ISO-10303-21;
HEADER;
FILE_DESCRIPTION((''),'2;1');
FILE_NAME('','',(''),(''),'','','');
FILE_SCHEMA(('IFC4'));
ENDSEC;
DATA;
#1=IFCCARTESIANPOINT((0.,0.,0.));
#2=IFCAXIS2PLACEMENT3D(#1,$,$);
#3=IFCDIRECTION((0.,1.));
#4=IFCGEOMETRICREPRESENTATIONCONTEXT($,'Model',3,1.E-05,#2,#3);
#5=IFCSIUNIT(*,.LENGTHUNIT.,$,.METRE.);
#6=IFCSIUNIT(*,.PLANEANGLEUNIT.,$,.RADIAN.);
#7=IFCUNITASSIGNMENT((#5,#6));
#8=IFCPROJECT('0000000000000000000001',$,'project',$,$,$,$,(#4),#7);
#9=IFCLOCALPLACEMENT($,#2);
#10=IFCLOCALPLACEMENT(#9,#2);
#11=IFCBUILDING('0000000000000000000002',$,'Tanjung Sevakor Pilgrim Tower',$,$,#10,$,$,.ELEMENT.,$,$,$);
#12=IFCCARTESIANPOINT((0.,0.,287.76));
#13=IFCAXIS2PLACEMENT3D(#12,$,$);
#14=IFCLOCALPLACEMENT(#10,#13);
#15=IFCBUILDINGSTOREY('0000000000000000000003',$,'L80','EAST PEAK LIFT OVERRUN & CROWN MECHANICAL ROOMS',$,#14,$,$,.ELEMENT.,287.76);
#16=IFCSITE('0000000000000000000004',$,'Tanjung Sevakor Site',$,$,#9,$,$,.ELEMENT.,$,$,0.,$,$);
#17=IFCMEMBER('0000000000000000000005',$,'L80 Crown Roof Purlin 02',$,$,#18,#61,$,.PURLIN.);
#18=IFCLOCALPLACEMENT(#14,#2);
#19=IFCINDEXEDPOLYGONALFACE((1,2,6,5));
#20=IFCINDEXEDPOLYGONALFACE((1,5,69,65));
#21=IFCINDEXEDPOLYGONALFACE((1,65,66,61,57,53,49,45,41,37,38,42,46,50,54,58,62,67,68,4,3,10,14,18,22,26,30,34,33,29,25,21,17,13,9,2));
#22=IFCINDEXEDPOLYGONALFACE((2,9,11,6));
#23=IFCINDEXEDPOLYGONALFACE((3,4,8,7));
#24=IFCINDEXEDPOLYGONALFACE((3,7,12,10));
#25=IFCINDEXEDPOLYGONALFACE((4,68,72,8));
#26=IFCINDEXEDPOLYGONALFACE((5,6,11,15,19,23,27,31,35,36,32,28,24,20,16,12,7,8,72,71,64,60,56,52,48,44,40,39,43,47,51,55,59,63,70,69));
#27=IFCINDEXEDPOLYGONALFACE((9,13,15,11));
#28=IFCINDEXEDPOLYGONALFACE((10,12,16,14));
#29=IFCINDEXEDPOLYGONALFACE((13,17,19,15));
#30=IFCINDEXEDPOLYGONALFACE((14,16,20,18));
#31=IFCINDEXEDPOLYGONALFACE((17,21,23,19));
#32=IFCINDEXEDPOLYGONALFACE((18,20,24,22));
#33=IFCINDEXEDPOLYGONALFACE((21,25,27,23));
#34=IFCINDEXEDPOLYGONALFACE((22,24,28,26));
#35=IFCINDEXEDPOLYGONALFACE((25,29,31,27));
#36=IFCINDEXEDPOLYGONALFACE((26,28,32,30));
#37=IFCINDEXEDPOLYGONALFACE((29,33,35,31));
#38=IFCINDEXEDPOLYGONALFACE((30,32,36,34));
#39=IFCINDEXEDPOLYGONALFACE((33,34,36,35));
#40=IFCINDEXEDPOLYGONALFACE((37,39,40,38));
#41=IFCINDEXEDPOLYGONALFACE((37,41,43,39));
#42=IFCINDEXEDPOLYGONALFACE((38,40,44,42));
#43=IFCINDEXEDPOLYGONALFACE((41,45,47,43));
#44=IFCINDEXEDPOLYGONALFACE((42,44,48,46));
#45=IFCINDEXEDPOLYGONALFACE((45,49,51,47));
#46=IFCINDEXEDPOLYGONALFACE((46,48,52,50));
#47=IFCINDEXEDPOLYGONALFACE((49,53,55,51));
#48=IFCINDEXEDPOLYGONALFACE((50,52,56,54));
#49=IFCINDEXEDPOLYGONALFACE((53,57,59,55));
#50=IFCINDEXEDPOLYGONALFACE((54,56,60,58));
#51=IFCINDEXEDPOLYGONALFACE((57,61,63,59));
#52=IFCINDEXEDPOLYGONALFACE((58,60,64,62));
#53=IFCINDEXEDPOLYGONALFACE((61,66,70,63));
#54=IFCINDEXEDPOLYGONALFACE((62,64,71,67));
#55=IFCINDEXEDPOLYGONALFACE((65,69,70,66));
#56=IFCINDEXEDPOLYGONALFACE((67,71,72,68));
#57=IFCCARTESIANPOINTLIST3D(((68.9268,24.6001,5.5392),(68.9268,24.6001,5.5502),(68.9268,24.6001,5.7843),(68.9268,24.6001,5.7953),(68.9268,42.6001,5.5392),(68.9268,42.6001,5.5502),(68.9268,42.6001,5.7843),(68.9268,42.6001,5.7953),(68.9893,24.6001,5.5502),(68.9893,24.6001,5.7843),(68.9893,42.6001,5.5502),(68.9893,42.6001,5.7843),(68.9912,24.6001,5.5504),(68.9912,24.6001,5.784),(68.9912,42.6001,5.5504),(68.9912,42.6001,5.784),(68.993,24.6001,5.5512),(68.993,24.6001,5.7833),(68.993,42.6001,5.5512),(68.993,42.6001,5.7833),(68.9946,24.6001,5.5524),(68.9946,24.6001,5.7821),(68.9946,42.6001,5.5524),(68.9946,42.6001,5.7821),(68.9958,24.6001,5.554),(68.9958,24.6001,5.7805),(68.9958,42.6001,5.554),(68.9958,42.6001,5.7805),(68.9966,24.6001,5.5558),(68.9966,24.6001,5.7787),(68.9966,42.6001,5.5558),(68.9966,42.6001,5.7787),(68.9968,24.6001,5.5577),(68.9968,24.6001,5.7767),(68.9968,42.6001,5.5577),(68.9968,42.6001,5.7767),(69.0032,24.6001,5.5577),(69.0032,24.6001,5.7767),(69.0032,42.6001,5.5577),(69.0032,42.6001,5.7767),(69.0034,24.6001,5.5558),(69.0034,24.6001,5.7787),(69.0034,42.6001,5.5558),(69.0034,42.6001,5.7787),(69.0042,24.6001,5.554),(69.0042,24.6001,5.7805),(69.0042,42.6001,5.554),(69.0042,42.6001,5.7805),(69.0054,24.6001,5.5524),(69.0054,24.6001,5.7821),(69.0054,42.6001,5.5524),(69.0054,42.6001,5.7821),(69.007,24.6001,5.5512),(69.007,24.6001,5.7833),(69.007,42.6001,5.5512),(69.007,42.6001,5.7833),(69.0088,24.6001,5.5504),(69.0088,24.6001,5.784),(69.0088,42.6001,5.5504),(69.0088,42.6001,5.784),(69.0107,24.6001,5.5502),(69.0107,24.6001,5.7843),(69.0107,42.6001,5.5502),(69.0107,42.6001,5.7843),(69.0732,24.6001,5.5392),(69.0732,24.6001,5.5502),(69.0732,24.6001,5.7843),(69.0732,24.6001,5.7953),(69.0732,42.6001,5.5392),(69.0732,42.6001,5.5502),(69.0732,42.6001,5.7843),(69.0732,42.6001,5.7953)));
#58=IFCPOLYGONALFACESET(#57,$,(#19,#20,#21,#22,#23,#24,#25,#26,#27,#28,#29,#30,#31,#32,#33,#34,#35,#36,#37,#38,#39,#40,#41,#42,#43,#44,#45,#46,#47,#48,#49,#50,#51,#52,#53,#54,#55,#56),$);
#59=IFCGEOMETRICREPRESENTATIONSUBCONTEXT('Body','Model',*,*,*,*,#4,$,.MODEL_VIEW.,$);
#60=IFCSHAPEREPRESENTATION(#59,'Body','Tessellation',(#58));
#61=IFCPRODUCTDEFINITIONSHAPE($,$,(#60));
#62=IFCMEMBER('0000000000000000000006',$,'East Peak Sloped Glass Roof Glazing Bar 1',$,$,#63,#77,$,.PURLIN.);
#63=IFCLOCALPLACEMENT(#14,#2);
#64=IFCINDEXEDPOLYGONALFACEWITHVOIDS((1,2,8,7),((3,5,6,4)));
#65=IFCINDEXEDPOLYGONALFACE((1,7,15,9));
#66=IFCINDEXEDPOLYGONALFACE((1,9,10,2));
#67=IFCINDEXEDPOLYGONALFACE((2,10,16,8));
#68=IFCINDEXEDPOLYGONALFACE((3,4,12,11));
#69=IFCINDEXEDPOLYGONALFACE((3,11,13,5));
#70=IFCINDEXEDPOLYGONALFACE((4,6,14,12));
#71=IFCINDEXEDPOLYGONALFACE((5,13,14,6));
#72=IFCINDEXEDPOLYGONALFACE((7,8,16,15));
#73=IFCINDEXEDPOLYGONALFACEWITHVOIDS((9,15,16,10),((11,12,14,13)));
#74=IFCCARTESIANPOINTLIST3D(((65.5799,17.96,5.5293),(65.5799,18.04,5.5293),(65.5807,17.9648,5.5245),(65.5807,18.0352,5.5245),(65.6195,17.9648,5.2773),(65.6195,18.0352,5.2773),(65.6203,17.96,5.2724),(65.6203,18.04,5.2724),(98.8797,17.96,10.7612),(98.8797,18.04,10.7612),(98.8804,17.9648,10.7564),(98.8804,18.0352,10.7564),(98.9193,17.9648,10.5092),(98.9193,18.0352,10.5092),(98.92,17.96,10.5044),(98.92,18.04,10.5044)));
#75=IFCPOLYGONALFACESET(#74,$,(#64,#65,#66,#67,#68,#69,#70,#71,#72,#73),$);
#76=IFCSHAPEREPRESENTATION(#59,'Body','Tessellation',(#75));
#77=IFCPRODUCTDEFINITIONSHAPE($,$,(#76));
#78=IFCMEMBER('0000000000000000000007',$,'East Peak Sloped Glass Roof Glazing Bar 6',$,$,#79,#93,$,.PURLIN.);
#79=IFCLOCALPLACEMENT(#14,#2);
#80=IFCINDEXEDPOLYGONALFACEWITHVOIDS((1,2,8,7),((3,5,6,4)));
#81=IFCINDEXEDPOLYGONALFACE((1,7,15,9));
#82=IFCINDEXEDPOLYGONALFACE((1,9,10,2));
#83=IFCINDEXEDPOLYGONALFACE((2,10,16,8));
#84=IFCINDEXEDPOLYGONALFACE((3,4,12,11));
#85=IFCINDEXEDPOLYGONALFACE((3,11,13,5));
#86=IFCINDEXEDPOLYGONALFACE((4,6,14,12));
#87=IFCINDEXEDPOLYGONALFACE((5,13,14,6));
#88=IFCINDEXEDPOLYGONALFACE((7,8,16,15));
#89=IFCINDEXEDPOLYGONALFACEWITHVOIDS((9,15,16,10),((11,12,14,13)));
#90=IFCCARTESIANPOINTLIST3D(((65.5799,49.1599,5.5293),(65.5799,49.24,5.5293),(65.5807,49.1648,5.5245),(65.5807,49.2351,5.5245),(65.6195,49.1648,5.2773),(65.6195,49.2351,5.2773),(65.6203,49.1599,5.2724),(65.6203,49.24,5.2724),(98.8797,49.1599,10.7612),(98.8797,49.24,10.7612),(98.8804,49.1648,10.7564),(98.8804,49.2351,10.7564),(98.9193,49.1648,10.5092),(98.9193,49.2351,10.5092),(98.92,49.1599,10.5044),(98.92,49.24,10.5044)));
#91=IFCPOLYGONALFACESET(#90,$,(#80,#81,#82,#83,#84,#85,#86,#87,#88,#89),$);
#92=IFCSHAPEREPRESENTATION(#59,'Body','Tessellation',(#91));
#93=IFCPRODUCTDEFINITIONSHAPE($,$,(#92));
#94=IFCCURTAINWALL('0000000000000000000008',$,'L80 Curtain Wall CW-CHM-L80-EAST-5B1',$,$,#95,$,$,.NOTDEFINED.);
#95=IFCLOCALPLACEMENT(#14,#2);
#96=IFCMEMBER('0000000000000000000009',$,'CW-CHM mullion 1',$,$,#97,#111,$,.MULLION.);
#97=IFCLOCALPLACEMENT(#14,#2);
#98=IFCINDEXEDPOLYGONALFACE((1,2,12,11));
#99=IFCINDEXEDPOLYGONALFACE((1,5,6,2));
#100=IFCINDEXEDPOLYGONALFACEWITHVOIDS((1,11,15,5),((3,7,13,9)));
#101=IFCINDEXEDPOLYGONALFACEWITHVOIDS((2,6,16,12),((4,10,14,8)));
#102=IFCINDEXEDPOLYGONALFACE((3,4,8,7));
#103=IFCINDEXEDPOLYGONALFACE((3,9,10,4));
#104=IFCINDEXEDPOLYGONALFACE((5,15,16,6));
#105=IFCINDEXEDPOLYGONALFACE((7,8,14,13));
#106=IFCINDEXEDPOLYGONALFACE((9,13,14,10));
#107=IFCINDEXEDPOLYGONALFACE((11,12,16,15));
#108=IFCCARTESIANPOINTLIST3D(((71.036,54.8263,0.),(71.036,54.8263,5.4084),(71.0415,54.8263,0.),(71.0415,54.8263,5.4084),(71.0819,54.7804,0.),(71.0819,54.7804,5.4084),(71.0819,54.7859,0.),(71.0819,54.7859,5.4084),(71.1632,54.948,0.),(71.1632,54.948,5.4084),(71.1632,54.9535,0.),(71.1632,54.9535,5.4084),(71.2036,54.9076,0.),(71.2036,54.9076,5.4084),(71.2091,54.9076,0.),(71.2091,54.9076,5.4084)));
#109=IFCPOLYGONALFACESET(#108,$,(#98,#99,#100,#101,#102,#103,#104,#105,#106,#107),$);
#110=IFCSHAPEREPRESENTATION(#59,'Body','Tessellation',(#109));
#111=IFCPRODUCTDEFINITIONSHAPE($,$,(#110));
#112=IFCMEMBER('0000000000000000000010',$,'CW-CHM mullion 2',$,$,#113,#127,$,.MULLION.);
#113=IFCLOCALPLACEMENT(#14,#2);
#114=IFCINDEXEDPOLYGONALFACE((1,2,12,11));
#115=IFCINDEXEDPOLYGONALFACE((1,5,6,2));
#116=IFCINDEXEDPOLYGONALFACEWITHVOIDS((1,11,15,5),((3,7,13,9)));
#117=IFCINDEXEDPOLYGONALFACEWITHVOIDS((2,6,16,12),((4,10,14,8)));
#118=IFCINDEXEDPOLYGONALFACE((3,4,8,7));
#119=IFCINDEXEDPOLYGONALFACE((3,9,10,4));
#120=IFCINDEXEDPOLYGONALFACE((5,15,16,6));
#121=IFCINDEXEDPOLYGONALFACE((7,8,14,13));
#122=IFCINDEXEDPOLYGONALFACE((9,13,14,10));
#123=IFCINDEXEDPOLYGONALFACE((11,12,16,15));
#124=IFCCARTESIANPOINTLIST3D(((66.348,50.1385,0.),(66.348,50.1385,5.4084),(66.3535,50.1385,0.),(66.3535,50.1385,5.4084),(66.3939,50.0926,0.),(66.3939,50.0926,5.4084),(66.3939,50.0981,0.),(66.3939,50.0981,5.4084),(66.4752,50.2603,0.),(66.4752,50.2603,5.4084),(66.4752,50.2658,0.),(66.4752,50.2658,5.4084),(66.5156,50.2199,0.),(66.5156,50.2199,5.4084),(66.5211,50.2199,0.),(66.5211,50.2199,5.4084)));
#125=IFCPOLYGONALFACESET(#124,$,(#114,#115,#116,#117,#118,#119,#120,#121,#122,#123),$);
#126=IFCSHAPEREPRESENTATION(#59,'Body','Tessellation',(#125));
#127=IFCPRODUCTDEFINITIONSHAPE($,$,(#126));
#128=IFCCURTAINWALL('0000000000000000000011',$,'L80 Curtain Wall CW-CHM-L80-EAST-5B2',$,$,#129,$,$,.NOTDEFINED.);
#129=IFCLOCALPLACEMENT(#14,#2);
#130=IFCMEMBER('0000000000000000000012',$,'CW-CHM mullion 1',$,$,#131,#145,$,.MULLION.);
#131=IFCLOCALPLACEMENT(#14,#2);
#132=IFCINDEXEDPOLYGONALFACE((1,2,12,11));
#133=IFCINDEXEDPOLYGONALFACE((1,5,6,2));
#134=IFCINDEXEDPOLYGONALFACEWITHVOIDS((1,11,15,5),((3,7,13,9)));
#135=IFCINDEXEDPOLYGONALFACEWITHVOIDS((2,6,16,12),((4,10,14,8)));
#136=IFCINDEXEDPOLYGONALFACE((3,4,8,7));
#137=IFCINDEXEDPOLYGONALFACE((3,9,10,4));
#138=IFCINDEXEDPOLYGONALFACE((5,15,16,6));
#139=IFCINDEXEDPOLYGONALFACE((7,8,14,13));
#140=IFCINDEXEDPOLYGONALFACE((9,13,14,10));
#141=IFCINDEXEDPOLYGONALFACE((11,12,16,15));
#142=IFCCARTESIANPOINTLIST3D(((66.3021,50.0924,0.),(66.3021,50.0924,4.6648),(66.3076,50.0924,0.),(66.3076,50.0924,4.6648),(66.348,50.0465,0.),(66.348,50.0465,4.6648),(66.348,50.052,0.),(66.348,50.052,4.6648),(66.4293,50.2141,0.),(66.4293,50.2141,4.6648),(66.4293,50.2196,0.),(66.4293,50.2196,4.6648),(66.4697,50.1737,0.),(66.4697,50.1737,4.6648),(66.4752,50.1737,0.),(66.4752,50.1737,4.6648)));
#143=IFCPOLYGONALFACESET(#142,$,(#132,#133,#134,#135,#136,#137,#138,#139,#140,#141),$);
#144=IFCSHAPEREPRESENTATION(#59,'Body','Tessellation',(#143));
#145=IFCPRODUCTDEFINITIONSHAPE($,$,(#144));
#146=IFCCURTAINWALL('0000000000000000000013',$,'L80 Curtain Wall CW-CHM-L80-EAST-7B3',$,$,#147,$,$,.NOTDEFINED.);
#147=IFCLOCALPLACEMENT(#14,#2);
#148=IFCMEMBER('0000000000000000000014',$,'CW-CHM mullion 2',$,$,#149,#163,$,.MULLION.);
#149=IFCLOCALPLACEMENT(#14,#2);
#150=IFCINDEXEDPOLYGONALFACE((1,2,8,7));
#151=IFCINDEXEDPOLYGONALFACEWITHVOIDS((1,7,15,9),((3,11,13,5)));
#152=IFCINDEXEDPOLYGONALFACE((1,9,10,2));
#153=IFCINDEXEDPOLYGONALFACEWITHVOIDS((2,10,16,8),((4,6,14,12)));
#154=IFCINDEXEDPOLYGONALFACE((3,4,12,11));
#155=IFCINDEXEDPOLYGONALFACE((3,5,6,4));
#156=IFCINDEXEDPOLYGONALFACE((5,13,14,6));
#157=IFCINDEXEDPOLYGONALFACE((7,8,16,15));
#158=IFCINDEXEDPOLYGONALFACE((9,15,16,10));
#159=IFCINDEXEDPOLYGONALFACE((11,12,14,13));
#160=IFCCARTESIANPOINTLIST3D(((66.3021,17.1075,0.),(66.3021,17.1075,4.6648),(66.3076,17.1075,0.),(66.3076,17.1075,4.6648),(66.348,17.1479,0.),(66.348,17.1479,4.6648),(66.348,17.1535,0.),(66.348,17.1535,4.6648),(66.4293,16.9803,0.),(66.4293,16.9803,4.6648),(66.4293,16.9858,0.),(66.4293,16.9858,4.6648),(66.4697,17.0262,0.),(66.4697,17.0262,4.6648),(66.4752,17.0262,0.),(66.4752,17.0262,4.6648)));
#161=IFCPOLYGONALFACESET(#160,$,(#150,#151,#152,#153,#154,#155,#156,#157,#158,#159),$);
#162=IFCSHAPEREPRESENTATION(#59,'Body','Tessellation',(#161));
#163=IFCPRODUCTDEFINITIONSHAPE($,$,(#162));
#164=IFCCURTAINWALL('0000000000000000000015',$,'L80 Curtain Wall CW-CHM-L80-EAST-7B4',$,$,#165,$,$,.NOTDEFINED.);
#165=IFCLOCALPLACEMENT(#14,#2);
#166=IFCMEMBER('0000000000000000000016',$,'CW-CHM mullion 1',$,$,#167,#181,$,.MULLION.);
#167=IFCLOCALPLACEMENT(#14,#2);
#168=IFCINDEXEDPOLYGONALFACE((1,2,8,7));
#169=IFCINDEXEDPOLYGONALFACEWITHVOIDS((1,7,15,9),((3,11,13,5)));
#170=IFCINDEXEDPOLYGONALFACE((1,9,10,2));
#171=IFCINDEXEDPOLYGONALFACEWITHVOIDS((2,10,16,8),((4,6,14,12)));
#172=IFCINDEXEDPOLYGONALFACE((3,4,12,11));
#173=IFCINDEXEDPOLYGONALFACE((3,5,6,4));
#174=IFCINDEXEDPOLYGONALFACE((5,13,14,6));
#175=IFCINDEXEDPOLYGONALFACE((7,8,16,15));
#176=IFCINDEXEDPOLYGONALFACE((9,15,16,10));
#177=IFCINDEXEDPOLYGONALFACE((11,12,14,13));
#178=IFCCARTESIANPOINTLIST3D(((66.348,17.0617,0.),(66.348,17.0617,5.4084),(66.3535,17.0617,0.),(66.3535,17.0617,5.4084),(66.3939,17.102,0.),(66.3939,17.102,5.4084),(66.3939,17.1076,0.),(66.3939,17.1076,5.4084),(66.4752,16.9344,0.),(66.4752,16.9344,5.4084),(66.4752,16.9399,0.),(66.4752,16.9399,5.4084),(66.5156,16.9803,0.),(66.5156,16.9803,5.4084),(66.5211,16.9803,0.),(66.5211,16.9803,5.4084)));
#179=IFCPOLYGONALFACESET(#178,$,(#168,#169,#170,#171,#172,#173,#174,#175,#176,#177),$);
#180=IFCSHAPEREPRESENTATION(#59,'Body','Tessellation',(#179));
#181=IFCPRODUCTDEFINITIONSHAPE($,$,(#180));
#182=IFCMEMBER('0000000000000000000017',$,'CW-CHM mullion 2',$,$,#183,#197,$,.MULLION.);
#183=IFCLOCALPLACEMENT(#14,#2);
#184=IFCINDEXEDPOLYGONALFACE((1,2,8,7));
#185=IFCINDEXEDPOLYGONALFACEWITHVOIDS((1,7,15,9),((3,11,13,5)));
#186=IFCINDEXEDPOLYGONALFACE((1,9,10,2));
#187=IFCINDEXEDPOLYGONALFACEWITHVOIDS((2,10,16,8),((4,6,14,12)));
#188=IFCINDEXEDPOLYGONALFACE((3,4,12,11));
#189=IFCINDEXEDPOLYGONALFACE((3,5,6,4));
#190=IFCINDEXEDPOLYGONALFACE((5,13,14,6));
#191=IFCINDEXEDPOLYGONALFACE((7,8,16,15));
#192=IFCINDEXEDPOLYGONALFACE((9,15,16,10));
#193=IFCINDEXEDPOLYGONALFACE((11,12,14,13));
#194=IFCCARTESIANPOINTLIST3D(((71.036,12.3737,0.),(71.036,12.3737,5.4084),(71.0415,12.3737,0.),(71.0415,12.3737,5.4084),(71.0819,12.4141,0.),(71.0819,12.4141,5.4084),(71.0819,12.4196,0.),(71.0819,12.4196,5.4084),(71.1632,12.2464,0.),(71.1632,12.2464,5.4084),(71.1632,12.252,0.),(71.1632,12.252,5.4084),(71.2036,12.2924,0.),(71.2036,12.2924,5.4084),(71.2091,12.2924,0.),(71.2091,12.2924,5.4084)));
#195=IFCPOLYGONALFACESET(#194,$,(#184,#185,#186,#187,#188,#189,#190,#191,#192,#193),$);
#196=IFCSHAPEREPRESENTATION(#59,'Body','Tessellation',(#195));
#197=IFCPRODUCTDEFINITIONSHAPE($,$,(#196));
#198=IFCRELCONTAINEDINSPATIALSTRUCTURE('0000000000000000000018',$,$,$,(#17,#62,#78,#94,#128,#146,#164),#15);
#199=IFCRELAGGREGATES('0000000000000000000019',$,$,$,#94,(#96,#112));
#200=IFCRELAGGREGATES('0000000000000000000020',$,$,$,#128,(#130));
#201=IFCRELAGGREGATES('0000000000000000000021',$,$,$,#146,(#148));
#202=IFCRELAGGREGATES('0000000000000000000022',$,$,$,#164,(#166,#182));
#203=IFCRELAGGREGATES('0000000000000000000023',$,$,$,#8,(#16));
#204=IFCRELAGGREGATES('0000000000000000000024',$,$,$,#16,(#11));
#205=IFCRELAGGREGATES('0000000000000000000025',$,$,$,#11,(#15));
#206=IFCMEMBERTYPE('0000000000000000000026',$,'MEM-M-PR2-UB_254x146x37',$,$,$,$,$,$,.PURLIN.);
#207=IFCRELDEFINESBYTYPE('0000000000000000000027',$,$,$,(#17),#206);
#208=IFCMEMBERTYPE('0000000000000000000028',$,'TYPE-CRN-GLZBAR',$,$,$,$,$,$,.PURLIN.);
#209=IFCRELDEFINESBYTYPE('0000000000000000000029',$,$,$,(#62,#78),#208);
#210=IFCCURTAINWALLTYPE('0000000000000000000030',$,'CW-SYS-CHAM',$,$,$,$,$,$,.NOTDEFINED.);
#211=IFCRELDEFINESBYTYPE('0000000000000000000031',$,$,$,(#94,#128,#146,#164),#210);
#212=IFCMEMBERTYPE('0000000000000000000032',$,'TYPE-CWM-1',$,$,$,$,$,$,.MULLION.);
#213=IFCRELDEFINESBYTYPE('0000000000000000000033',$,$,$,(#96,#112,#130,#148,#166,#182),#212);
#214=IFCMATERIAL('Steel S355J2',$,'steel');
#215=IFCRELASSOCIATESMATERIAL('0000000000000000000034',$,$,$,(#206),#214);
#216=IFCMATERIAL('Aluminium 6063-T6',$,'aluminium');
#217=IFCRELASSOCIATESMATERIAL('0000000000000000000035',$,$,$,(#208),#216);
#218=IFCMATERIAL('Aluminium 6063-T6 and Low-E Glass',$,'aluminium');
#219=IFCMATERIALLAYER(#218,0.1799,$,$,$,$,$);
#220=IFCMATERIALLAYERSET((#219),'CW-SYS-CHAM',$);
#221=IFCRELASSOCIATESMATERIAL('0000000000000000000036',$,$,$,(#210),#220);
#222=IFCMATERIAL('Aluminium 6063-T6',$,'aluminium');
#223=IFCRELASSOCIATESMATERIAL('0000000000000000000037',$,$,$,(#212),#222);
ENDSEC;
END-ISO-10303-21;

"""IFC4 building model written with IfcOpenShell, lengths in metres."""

from ifc_helpers import new_model, si_unit, direction, frame, origin, origin_2d, place, context, subcontext, project, spatial, hollow_rectangle, i_section, extrude, material, layer, layer_set, material_profile, profile_set, type_object, element, aggregate, save


model = new_model("IFC4")

# Units and contexts
model_context = context("Model", 3, precision=1e-05, world=origin(), true_north=direction((0.0, 1.0)))
body_context = subcontext(model_context, "Body", "Model", "MODEL_VIEW")
ifc_project = project(units=[si_unit("LENGTHUNIT", "METRE"), si_unit("PLANEANGLEUNIT", "RADIAN")], contexts=[model_context])

# Site, building, storey
site_placement = place(None, origin())
site = spatial("IfcSite", under=ifc_project, at=site_placement, Name="Tanjung Sevakor Site", CompositionType="ELEMENT", RefElevation=0.0)
building_placement = place(site_placement, origin())
building = spatial("IfcBuilding", under=site, at=building_placement, Name="Tanjung Sevakor Pilgrim Tower", CompositionType="ELEMENT")
storey_placement = place(building_placement, frame((0.0, 0.0, 287.76)))
storey = spatial("IfcBuildingStorey", under=building, at=storey_placement, Name="L80", Description="EAST PEAK LIFT OVERRUN & CROWN MECHANICAL ROOMS", CompositionType="ELEMENT", Elevation=287.76)

# Members
ifc_material_1 = material(Name="Steel S355J2", Category="steel")
ifc_material_profile_1 = material_profile(ifc_material_1, i_section(OverallWidth=0.1465, OverallDepth=0.2561, WebThickness=0.0063, FlangeThickness=0.011, FilletRadius=0.0076, at=origin_2d()))
ifc_profile_set_1 = profile_set([ifc_material_profile_1], Name="Steel S355J2")
member_type_1 = type_object("IfcMemberType", Name="MEM-M-PR2-UB_254x146x37", PredefinedType="PURLIN", material=ifc_profile_set_1)
member_1_placement = place(storey_placement, frame((69.0, 24.6001, 5.6672), z_axis=(0.0, 1.0, 0.0), x_axis=(-1.0, 0.0, 0.0)))
element("IfcMember", 1, at=member_1_placement, inside=storey, type_object=member_type_1, Name="L80 Crown Roof Purlin 02", PredefinedType="PURLIN", context=body_context, shape_type="SweptSolid", body=[
    extrude(i_section(OverallWidth=0.1465, OverallDepth=0.2561, WebThickness=0.0063, FlangeThickness=0.011, FilletRadius=0.0076, at=origin_2d()), origin(), (0.0, 0.0, 1.0), 18.0),
])
ifc_material_2 = material(Name="Aluminium 6063-T6", Category="aluminium")
ifc_material_profile_2 = material_profile(ifc_material_2, hollow_rectangle(XDim=0.0801, YDim=0.26, WallThickness=0.0049, at=origin_2d()))
ifc_profile_set_2 = profile_set([ifc_material_profile_2], Name="Aluminium 6063-T6")
member_type_2 = type_object("IfcMemberType", Name="TYPE-CRN-GLZBAR", PredefinedType="PURLIN", material=ifc_profile_set_2)
for number, where, z_axis, x_axis, name in (
    (2, (65.6001, 18.0, 5.4009), (0.987881, 0.0, 0.155212), (0.0, 1.0, 0.0), "East Peak Sloped Glass Roof Glazing Bar 1"),
    (3, (65.6001, 49.2, 5.4009), (0.987881, 0.0, 0.155212), (0.0, 1.0, 0.0), "East Peak Sloped Glass Roof Glazing Bar 6"),
):
    element("IfcMember", number, at=place(storey_placement, frame(where, z_axis=z_axis, x_axis=x_axis)), inside=storey, type_object=member_type_2, Name=name, PredefinedType="PURLIN", context=body_context, shape_type="SweptSolid", body=[
        extrude(hollow_rectangle(XDim=0.0801, YDim=0.26, WallThickness=0.0049, at=origin_2d()), origin(), (0.0, 0.0, 1.0), 33.7083),
    ])

# Curtain wall, members
ifc_material_3 = material(Name="Aluminium 6063-T6 and Low-E Glass", Category="aluminium")
ifc_layer_1 = layer(ifc_material_3, 0.1799)
ifc_layer_set_1 = layer_set([ifc_layer_1], Name="CW-SYS-CHAM")
curtain_wall_type_1 = type_object("IfcCurtainWallType", Name="CW-SYS-CHAM", PredefinedType="NOTDEFINED", material=ifc_layer_set_1)
curtain_wall_1_placement = place(storey_placement, origin())
curtain_wall_1 = element("IfcCurtainWall", 4, at=curtain_wall_1_placement, inside=storey, type_object=curtain_wall_type_1, Name="L80 Curtain Wall CW-CHM-L80-EAST-5B1", PredefinedType="NOTDEFINED")
ifc_material_4 = material(Name="Aluminium 6063-T6", Category="aluminium")
ifc_material_profile_3 = material_profile(ifc_material_4, hollow_rectangle(XDim=0.0649, YDim=0.1799, WallThickness=0.0039, at=origin_2d()))
ifc_profile_set_3 = profile_set([ifc_material_profile_3], Name="Aluminium 6063-T6")
member_type_3 = type_object("IfcMemberType", Name="TYPE-CWM-1", PredefinedType="MULLION", material=ifc_profile_set_3)
member_2_placement = place(storey_placement, frame((71.1226, 54.8669, 0.0), z_axis=(0.0, 0.0, 1.0), x_axis=(0.707107, -0.707107, 0.0)))
member_2 = element("IfcMember", 5, at=member_2_placement, type_object=member_type_3, Name="CW-CHM mullion 1", PredefinedType="MULLION", context=body_context, shape_type="SweptSolid", body=[
    extrude(hollow_rectangle(XDim=0.0649, YDim=0.1799, WallThickness=0.0039, at=origin_2d()), origin(), (0.0, 0.0, 1.0), 5.4084),
])
member_3_placement = place(storey_placement, frame((66.4346, 50.1792, 0.0), z_axis=(0.0, 0.0, 1.0), x_axis=(0.707107, -0.707107, 0.0)))
member_3 = element("IfcMember", 6, at=member_3_placement, type_object=member_type_3, Name="CW-CHM mullion 2", PredefinedType="MULLION", context=body_context, shape_type="SweptSolid", body=[
    extrude(hollow_rectangle(XDim=0.0649, YDim=0.1799, WallThickness=0.0039, at=origin_2d()), origin(), (0.0, 0.0, 1.0), 5.4084),
])

# Curtain walls, members
curtain_wall_2_placement = place(storey_placement, origin())
curtain_wall_2 = element("IfcCurtainWall", 7, at=curtain_wall_2_placement, inside=storey, type_object=curtain_wall_type_1, Name="L80 Curtain Wall CW-CHM-L80-EAST-5B2", PredefinedType="NOTDEFINED")
member_4_placement = place(storey_placement, frame((66.3887, 50.1331, 0.0), z_axis=(0.0, 0.0, 1.0), x_axis=(0.707107, -0.707107, 0.0)))
member_4 = element("IfcMember", 8, at=member_4_placement, type_object=member_type_3, Name="CW-CHM mullion 1", PredefinedType="MULLION", context=body_context, shape_type="SweptSolid", body=[
    extrude(hollow_rectangle(XDim=0.0649, YDim=0.1799, WallThickness=0.0039, at=origin_2d()), origin(), (0.0, 0.0, 1.0), 4.6648),
])
curtain_wall_3_placement = place(storey_placement, origin())
curtain_wall_3 = element("IfcCurtainWall", 9, at=curtain_wall_3_placement, inside=storey, type_object=curtain_wall_type_1, Name="L80 Curtain Wall CW-CHM-L80-EAST-7B3", PredefinedType="NOTDEFINED")
member_5_placement = place(storey_placement, frame((66.3887, 17.0669, 0.0), z_axis=(0.0, 0.0, 1.0), x_axis=(0.707107, 0.707107, 0.0)))
member_5 = element("IfcMember", 10, at=member_5_placement, type_object=member_type_3, Name="CW-CHM mullion 2", PredefinedType="MULLION", context=body_context, shape_type="SweptSolid", body=[
    extrude(hollow_rectangle(XDim=0.0649, YDim=0.1799, WallThickness=0.0039, at=origin_2d()), origin(), (0.0, 0.0, 1.0), 4.6648),
])

# Curtain wall, members
curtain_wall_4_placement = place(storey_placement, origin())
curtain_wall_4 = element("IfcCurtainWall", 11, at=curtain_wall_4_placement, inside=storey, type_object=curtain_wall_type_1, Name="L80 Curtain Wall CW-CHM-L80-EAST-7B4", PredefinedType="NOTDEFINED")
member_6_placement = place(storey_placement, frame((66.4346, 17.021, 0.0), z_axis=(0.0, 0.0, 1.0), x_axis=(0.707107, 0.707107, 0.0)))
member_6 = element("IfcMember", 12, at=member_6_placement, type_object=member_type_3, Name="CW-CHM mullion 1", PredefinedType="MULLION", context=body_context, shape_type="SweptSolid", body=[
    extrude(hollow_rectangle(XDim=0.0649, YDim=0.1799, WallThickness=0.0039, at=origin_2d()), origin(), (0.0, 0.0, 1.0), 5.4084),
])
member_7_placement = place(storey_placement, frame((71.1226, 12.333, 0.0), z_axis=(0.0, 0.0, 1.0), x_axis=(0.707107, 0.707107, 0.0)))
member_7 = element("IfcMember", 13, at=member_7_placement, type_object=member_type_3, Name="CW-CHM mullion 2", PredefinedType="MULLION", context=body_context, shape_type="SweptSolid", body=[
    extrude(hollow_rectangle(XDim=0.0649, YDim=0.1799, WallThickness=0.0039, at=origin_2d()), origin(), (0.0, 0.0, 1.0), 5.4084),
])

aggregate(curtain_wall_1, [member_2, member_3])
aggregate(curtain_wall_2, [member_4])
aggregate(curtain_wall_3, [member_5])
aggregate(curtain_wall_4, [member_6, member_7])

save(model, "model.ifc")
